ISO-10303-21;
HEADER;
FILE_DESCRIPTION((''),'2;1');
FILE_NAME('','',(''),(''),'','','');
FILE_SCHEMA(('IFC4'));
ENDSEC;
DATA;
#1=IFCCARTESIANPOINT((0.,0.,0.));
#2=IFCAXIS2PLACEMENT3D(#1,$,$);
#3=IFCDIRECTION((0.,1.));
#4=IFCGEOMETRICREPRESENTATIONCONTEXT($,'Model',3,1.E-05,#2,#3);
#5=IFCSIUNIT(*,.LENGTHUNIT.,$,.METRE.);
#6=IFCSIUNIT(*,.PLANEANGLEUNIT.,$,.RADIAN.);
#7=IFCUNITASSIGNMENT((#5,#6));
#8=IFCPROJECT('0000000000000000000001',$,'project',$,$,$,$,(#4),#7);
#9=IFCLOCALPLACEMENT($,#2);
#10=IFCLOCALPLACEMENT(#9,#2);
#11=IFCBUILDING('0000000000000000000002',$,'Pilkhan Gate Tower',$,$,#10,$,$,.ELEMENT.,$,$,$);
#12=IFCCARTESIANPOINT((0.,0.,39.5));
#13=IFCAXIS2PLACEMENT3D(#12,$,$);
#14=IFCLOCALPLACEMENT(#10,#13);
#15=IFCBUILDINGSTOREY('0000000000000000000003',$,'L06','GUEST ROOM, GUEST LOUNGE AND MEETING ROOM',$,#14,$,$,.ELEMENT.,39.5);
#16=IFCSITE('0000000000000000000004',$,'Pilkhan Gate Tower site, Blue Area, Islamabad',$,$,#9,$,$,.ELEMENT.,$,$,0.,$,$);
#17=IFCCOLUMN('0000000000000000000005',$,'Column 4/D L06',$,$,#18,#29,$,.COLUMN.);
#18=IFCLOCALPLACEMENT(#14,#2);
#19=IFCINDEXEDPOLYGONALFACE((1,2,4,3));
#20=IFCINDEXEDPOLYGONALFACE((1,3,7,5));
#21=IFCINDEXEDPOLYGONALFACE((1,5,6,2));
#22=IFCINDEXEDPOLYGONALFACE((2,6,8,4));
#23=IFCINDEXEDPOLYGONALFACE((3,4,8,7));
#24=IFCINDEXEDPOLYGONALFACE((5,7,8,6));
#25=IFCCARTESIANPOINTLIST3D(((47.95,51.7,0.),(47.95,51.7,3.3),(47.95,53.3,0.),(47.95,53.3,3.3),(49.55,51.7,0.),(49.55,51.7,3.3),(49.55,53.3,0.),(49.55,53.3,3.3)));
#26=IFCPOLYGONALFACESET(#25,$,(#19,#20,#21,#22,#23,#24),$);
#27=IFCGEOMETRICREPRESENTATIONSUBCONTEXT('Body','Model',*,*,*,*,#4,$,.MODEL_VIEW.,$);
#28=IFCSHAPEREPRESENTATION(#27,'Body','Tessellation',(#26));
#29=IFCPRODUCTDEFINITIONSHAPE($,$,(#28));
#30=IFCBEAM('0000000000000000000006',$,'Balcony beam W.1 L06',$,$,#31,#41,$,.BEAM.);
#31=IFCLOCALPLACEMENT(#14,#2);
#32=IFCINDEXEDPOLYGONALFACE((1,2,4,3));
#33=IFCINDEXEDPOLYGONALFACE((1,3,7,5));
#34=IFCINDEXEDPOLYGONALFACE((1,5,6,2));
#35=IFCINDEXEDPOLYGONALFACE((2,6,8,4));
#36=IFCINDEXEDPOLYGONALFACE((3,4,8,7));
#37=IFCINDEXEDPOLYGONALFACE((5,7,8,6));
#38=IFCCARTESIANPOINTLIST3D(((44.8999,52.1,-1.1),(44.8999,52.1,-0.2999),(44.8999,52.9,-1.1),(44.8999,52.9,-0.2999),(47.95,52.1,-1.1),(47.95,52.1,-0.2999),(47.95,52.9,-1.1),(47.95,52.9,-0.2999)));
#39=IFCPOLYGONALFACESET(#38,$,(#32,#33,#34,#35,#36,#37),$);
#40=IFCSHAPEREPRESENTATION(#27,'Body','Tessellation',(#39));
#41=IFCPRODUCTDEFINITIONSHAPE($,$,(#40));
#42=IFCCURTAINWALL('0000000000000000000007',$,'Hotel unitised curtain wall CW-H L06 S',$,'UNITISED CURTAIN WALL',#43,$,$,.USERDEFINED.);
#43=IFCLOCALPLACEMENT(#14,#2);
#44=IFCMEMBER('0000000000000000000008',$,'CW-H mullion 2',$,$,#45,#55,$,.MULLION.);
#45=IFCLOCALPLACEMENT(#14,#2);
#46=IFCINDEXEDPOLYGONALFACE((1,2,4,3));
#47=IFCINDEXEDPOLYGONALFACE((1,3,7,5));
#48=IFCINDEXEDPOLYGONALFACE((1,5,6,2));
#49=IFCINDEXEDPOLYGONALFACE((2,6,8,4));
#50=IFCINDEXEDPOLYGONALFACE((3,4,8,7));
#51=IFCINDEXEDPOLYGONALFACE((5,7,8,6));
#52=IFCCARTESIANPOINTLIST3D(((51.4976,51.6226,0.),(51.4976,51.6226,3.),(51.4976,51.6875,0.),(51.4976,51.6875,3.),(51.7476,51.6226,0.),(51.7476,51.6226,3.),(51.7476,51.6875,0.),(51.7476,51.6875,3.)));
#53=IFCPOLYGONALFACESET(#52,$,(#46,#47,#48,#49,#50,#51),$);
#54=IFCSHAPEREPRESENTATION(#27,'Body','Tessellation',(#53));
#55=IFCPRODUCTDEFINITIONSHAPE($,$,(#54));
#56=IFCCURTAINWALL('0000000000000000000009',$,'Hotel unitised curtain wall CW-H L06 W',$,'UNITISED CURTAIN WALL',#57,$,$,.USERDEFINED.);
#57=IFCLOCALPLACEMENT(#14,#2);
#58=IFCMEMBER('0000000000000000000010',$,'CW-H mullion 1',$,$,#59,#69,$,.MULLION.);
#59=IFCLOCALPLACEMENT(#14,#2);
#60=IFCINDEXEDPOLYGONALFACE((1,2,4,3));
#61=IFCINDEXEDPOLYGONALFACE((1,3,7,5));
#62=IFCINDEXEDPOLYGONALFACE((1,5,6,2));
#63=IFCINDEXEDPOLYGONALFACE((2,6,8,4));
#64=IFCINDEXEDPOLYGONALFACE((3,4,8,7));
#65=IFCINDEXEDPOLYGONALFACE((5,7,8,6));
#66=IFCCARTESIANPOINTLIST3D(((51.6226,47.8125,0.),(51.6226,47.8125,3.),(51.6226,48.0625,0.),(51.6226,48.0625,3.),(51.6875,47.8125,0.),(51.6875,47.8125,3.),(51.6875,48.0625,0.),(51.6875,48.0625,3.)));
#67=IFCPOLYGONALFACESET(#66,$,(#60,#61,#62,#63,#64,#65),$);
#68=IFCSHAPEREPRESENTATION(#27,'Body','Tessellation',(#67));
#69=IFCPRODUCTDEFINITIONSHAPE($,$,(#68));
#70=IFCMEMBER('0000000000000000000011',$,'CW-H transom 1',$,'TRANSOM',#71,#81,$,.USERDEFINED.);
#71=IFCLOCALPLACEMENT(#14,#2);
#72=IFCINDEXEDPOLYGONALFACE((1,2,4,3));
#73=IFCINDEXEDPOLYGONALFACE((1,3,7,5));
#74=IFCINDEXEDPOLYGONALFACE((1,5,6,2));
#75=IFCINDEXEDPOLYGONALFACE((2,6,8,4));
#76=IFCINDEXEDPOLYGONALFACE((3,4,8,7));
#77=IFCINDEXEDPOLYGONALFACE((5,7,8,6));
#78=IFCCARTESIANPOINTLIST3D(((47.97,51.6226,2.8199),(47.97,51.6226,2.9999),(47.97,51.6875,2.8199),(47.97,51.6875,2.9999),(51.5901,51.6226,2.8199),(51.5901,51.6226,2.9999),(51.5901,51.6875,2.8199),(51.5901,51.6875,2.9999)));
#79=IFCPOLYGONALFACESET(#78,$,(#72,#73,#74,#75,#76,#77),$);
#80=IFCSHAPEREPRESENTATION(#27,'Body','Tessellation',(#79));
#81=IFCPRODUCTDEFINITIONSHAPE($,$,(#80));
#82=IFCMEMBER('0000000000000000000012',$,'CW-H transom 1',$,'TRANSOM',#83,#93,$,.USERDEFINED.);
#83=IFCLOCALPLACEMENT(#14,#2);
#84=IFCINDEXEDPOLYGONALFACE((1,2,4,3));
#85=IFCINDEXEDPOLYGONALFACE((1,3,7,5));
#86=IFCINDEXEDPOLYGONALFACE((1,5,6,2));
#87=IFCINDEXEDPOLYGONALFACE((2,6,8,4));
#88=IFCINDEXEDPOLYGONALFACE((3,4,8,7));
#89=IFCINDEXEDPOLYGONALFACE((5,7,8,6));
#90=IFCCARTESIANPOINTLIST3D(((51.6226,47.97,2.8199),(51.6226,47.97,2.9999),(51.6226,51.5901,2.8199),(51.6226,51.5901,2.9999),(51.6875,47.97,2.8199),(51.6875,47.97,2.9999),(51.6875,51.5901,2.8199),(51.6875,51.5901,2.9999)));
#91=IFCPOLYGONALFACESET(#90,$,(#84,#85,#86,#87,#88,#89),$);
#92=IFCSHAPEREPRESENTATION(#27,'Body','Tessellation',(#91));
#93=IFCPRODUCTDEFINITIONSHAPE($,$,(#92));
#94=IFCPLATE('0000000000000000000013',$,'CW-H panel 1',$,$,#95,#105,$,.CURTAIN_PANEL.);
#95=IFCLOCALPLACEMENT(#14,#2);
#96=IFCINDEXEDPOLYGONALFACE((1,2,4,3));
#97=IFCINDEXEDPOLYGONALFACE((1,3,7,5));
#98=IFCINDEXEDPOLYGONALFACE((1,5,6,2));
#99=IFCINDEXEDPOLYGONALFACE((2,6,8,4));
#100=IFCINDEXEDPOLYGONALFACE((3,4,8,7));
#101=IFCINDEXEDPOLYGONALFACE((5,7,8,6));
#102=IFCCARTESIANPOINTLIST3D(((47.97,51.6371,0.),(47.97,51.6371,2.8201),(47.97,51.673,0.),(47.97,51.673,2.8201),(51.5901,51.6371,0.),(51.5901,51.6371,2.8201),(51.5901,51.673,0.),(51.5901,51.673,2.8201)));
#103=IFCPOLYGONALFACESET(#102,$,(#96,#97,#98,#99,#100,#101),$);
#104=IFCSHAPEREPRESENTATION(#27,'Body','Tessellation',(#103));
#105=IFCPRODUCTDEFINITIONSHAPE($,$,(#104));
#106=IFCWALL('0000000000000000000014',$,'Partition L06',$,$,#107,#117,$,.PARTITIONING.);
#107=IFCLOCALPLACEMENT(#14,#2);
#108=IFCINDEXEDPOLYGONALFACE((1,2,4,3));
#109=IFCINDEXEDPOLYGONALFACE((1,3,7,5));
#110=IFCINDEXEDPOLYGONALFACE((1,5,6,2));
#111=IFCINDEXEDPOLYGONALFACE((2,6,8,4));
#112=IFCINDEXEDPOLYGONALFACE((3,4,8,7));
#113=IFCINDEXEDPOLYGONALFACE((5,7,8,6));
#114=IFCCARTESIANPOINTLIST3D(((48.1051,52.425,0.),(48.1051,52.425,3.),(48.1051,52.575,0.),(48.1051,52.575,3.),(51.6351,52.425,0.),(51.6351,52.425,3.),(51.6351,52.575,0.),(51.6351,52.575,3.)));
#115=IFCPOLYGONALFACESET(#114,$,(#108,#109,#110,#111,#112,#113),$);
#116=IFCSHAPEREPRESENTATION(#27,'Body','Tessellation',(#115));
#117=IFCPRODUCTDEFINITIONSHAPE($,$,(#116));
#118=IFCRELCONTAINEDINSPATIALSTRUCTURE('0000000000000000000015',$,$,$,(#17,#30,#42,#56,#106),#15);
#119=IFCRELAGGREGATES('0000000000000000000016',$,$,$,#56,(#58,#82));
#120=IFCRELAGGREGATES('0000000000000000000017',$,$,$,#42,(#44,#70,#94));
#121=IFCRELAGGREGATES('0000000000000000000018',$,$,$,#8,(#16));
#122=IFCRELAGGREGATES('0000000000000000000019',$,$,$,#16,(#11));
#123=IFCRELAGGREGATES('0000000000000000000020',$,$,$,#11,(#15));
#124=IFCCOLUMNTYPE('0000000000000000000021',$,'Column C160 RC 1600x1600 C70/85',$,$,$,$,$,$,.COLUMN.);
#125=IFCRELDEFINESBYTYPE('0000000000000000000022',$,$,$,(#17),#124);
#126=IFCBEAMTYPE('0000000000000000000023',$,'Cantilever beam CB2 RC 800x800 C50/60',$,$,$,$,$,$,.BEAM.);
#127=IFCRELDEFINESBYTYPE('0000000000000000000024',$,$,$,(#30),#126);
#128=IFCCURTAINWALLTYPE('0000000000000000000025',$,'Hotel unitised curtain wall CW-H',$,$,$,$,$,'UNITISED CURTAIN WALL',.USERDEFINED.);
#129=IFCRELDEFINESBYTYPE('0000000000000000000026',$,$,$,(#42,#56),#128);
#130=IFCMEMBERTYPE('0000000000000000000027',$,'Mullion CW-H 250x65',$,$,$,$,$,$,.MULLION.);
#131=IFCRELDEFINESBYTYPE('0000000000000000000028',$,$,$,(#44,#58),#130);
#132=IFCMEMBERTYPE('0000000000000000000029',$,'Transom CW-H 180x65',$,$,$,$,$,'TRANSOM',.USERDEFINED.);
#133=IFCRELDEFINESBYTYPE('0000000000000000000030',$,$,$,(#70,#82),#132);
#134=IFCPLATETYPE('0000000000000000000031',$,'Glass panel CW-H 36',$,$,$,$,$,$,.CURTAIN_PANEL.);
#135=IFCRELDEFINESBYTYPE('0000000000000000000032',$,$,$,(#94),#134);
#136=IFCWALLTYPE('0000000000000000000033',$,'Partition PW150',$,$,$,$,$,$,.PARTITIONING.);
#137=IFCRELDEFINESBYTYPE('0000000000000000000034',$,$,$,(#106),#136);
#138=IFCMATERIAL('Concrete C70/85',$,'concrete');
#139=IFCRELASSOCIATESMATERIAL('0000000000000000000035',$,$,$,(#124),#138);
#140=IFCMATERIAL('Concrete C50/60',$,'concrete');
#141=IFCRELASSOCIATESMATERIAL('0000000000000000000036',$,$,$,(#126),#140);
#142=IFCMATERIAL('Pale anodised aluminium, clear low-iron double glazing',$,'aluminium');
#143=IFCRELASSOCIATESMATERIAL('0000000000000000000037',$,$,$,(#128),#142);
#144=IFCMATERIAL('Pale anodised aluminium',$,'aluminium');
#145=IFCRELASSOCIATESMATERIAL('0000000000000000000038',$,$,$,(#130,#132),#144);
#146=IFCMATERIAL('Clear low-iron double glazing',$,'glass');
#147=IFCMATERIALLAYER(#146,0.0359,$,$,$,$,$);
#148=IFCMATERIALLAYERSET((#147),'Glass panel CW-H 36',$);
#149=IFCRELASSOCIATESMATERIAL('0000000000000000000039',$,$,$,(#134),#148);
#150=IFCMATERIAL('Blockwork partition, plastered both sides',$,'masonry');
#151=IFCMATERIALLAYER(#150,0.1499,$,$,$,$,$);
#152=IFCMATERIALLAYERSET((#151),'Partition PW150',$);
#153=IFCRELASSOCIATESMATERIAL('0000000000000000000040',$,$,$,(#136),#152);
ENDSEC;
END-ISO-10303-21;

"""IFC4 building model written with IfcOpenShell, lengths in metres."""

from ifc_helpers import new_model, si_unit, direction, frame, frame_2d, origin, origin_2d, place, context, subcontext, project, spatial, rectangle, extrude, material, layer, layer_set, material_profile, profile_set, type_object, element, aggregate, save


model = new_model("IFC4")

# Units and contexts
model_context = context("Model", 3, precision=1e-05, world=origin(), true_north=direction((0.0, 1.0)))
body_context = subcontext(model_context, "Body", "Model", "MODEL_VIEW")
ifc_project = project(units=[si_unit("LENGTHUNIT", "METRE"), si_unit("PLANEANGLEUNIT", "RADIAN")], contexts=[model_context])

# Site, building, storey
site_placement = place(None, origin())
site = spatial("IfcSite", under=ifc_project, at=site_placement, Name="Pilkhan Gate Tower site, Blue Area, Islamabad", CompositionType="ELEMENT", RefElevation=0.0)
building_placement = place(site_placement, origin())
building = spatial("IfcBuilding", under=site, at=building_placement, Name="Pilkhan Gate Tower", CompositionType="ELEMENT")
storey_placement = place(building_placement, frame((0.0, 0.0, 39.5)))
storey = spatial("IfcBuildingStorey", under=building, at=storey_placement, Name="L06", Description="GUEST ROOM, GUEST LOUNGE AND MEETING ROOM", CompositionType="ELEMENT", Elevation=39.5)

# Column
ifc_material_1 = material(Name="Concrete C70/85", Category="concrete")
ifc_material_profile_1 = material_profile(ifc_material_1, rectangle(XDim=1.6001, YDim=1.6001, at=origin_2d()), Name="RC 1600x1600")
ifc_profile_set_1 = profile_set([ifc_material_profile_1], Name="Concrete C70/85")
column_type = type_object("IfcColumnType", Name="Column C160 RC 1600x1600 C70/85", PredefinedType="COLUMN", material=ifc_profile_set_1)
column_placement = place(storey_placement, frame((48.75, 52.5, 0.0), z_axis=(0.0, 0.0, 1.0), x_axis=(1.0, 0.0, 0.0)))
element("IfcColumn", 1, at=column_placement, inside=storey, type_object=column_type, Name="Column 4/D L06", PredefinedType="COLUMN", context=body_context, shape_type="SweptSolid", body=[
    extrude(rectangle(XDim=1.6001, YDim=1.6001, at=origin_2d()), origin(), (0.0, 0.0, 1.0), 3.3),
])

# Beam
ifc_material_2 = material(Name="Concrete C50/60", Category="concrete")
ifc_material_profile_2 = material_profile(ifc_material_2, rectangle(XDim=0.8, YDim=0.8, at=origin_2d()), Name="RC 800x800")
ifc_profile_set_2 = profile_set([ifc_material_profile_2], Name="Concrete C50/60")
beam_type = type_object("IfcBeamType", Name="Cantilever beam CB2 RC 800x800 C50/60", PredefinedType="BEAM", material=ifc_profile_set_2)
beam_placement = place(storey_placement, frame((47.95, 52.5, -0.7), z_axis=(-1.0, 0.0, 0.0), x_axis=(0.0, -1.0, 0.0)))
element("IfcBeam", 2, at=beam_placement, inside=storey, type_object=beam_type, Name="Balcony beam W.1 L06", PredefinedType="BEAM", context=body_context, shape_type="SweptSolid", body=[
    extrude(rectangle(XDim=0.8, YDim=0.8, at=origin_2d()), origin(), (0.0, 0.0, 1.0), 3.05),
])

# Curtain walls, members
ifc_material_3 = material(Name="Pale anodised aluminium, clear low-iron double glazing", Category="aluminium")
curtain_wall_type = type_object("IfcCurtainWallType", Name="Hotel unitised curtain wall CW-H", ElementType="UNITISED CURTAIN WALL", PredefinedType="USERDEFINED", material=ifc_material_3)
curtain_wall_1_placement = place(storey_placement, origin())
curtain_wall_1 = element("IfcCurtainWall", 3, at=curtain_wall_1_placement, inside=storey, type_object=curtain_wall_type, Name="Hotel unitised curtain wall CW-H L06 S", ObjectType="UNITISED CURTAIN WALL", PredefinedType="USERDEFINED")
ifc_material_4 = material(Name="Pale anodised aluminium", Category="aluminium")
ifc_material_profile_3 = material_profile(ifc_material_4, rectangle(XDim=0.0649, YDim=0.25, at=origin_2d()), Name="Mullion 250x65")
ifc_profile_set_3 = profile_set([ifc_material_profile_3], Name="Pale anodised aluminium")
member_type_1 = type_object("IfcMemberType", Name="Mullion CW-H 250x65", PredefinedType="MULLION", material=ifc_profile_set_3)
member_1_placement = place(storey_placement, frame((51.6226, 51.655, 0.0), z_axis=(0.0, 0.0, 1.0), x_axis=(0.0, 1.0, 0.0)))
member_1 = element("IfcMember", 4, at=member_1_placement, type_object=member_type_1, Name="CW-H mullion 2", PredefinedType="MULLION", context=body_context, shape_type="SweptSolid", body=[
    extrude(rectangle(XDim=0.0649, YDim=0.25, at=origin_2d()), origin(), (0.0, 0.0, 1.0), 3.0),
])
curtain_wall_2_placement = place(storey_placement, origin())
curtain_wall_2 = element("IfcCurtainWall", 5, at=curtain_wall_2_placement, inside=storey, type_object=curtain_wall_type, Name="Hotel unitised curtain wall CW-H L06 W", ObjectType="UNITISED CURTAIN WALL", PredefinedType="USERDEFINED")
member_2_placement = place(storey_placement, frame((51.655, 47.9375, 0.0), z_axis=(0.0, 0.0, 1.0), x_axis=(-1.0, 0.0, 0.0)))
member_2 = element("IfcMember", 6, at=member_2_placement, type_object=member_type_1, Name="CW-H mullion 1", PredefinedType="MULLION", context=body_context, shape_type="SweptSolid", body=[
    extrude(rectangle(XDim=0.0649, YDim=0.25, at=origin_2d()), origin(), (0.0, 0.0, 1.0), 3.0),
])

# Members
ifc_material_profile_4 = material_profile(ifc_material_4, rectangle(XDim=0.0649, YDim=0.1799, at=origin_2d()), Name="Transom 180x65")
ifc_profile_set_4 = profile_set([ifc_material_profile_4], Name="Pale anodised aluminium")
member_type_2 = type_object("IfcMemberType", Name="Transom CW-H 180x65", ElementType="TRANSOM", PredefinedType="USERDEFINED", material=ifc_profile_set_4)
member_3_placement = place(storey_placement, frame((47.97, 51.655, 2.9099), z_axis=(1.0, 0.0, 0.0), x_axis=(0.0, 1.0, 0.0)))
member_3 = element("IfcMember", 7, at=member_3_placement, type_object=member_type_2, Name="CW-H transom 1", ObjectType="TRANSOM", PredefinedType="USERDEFINED", context=body_context, shape_type="SweptSolid", body=[
    extrude(rectangle(XDim=0.0649, YDim=0.1799, at=origin_2d()), origin(), (0.0, 0.0, 1.0), 3.6201),
])
member_4_placement = place(storey_placement, frame((51.655, 47.97, 2.9099), z_axis=(0.0, 1.0, 0.0), x_axis=(-1.0, 0.0, 0.0)))
member_4 = element("IfcMember", 8, at=member_4_placement, type_object=member_type_2, Name="CW-H transom 1", ObjectType="TRANSOM", PredefinedType="USERDEFINED", context=body_context, shape_type="SweptSolid", body=[
    extrude(rectangle(XDim=0.0649, YDim=0.1799, at=origin_2d()), origin(), (0.0, 0.0, 1.0), 3.6201),
])
aggregate(curtain_wall_2, [member_2, member_4])

# Plate
ifc_material_5 = material(Name="Clear low-iron double glazing", Category="glass")
ifc_layer_1 = layer(ifc_material_5, 0.0359)
ifc_layer_set_1 = layer_set([ifc_layer_1], Name="Glass panel CW-H 36")
plate_type = type_object("IfcPlateType", Name="Glass panel CW-H 36", PredefinedType="CURTAIN_PANEL", material=ifc_layer_set_1)
plate_placement = place(storey_placement, frame((49.78, 51.655, 0.0), z_axis=(0.0, 0.0, 1.0), x_axis=(1.0, 0.0, 0.0)))
plate = element("IfcPlate", 9, at=plate_placement, type_object=plate_type, Name="CW-H panel 1", PredefinedType="CURTAIN_PANEL", context=body_context, shape_type="SweptSolid", body=[
    extrude(rectangle(XDim=3.6201, YDim=0.0359, at=origin_2d()), origin(), (0.0, 0.0, 1.0), 2.8201),
])
aggregate(curtain_wall_1, [member_1, member_3, plate])

# Wall
ifc_material_6 = material(Name="Blockwork partition, plastered both sides", Category="masonry")
ifc_layer_2 = layer(ifc_material_6, 0.1499)
ifc_layer_set_2 = layer_set([ifc_layer_2], Name="Partition PW150")
wall_type = type_object("IfcWallType", Name="Partition PW150", PredefinedType="PARTITIONING", material=ifc_layer_set_2)
wall_placement = place(storey_placement, frame((48.105, 52.5, 0.0), z_axis=(0.0, 0.0, 1.0), x_axis=(1.0, 0.0, 0.0)))
element("IfcWall", 10, at=wall_placement, inside=storey, type_object=wall_type, Name="Partition L06", PredefinedType="PARTITIONING", context=body_context, shape_type="SweptSolid", body=[
    extrude(rectangle(XDim=3.53, YDim=0.1499, at=frame_2d((1.7651, 0.0))), origin(), (0.0, 0.0, 1.0), 3.0),
])

save(model, "model.ifc")
